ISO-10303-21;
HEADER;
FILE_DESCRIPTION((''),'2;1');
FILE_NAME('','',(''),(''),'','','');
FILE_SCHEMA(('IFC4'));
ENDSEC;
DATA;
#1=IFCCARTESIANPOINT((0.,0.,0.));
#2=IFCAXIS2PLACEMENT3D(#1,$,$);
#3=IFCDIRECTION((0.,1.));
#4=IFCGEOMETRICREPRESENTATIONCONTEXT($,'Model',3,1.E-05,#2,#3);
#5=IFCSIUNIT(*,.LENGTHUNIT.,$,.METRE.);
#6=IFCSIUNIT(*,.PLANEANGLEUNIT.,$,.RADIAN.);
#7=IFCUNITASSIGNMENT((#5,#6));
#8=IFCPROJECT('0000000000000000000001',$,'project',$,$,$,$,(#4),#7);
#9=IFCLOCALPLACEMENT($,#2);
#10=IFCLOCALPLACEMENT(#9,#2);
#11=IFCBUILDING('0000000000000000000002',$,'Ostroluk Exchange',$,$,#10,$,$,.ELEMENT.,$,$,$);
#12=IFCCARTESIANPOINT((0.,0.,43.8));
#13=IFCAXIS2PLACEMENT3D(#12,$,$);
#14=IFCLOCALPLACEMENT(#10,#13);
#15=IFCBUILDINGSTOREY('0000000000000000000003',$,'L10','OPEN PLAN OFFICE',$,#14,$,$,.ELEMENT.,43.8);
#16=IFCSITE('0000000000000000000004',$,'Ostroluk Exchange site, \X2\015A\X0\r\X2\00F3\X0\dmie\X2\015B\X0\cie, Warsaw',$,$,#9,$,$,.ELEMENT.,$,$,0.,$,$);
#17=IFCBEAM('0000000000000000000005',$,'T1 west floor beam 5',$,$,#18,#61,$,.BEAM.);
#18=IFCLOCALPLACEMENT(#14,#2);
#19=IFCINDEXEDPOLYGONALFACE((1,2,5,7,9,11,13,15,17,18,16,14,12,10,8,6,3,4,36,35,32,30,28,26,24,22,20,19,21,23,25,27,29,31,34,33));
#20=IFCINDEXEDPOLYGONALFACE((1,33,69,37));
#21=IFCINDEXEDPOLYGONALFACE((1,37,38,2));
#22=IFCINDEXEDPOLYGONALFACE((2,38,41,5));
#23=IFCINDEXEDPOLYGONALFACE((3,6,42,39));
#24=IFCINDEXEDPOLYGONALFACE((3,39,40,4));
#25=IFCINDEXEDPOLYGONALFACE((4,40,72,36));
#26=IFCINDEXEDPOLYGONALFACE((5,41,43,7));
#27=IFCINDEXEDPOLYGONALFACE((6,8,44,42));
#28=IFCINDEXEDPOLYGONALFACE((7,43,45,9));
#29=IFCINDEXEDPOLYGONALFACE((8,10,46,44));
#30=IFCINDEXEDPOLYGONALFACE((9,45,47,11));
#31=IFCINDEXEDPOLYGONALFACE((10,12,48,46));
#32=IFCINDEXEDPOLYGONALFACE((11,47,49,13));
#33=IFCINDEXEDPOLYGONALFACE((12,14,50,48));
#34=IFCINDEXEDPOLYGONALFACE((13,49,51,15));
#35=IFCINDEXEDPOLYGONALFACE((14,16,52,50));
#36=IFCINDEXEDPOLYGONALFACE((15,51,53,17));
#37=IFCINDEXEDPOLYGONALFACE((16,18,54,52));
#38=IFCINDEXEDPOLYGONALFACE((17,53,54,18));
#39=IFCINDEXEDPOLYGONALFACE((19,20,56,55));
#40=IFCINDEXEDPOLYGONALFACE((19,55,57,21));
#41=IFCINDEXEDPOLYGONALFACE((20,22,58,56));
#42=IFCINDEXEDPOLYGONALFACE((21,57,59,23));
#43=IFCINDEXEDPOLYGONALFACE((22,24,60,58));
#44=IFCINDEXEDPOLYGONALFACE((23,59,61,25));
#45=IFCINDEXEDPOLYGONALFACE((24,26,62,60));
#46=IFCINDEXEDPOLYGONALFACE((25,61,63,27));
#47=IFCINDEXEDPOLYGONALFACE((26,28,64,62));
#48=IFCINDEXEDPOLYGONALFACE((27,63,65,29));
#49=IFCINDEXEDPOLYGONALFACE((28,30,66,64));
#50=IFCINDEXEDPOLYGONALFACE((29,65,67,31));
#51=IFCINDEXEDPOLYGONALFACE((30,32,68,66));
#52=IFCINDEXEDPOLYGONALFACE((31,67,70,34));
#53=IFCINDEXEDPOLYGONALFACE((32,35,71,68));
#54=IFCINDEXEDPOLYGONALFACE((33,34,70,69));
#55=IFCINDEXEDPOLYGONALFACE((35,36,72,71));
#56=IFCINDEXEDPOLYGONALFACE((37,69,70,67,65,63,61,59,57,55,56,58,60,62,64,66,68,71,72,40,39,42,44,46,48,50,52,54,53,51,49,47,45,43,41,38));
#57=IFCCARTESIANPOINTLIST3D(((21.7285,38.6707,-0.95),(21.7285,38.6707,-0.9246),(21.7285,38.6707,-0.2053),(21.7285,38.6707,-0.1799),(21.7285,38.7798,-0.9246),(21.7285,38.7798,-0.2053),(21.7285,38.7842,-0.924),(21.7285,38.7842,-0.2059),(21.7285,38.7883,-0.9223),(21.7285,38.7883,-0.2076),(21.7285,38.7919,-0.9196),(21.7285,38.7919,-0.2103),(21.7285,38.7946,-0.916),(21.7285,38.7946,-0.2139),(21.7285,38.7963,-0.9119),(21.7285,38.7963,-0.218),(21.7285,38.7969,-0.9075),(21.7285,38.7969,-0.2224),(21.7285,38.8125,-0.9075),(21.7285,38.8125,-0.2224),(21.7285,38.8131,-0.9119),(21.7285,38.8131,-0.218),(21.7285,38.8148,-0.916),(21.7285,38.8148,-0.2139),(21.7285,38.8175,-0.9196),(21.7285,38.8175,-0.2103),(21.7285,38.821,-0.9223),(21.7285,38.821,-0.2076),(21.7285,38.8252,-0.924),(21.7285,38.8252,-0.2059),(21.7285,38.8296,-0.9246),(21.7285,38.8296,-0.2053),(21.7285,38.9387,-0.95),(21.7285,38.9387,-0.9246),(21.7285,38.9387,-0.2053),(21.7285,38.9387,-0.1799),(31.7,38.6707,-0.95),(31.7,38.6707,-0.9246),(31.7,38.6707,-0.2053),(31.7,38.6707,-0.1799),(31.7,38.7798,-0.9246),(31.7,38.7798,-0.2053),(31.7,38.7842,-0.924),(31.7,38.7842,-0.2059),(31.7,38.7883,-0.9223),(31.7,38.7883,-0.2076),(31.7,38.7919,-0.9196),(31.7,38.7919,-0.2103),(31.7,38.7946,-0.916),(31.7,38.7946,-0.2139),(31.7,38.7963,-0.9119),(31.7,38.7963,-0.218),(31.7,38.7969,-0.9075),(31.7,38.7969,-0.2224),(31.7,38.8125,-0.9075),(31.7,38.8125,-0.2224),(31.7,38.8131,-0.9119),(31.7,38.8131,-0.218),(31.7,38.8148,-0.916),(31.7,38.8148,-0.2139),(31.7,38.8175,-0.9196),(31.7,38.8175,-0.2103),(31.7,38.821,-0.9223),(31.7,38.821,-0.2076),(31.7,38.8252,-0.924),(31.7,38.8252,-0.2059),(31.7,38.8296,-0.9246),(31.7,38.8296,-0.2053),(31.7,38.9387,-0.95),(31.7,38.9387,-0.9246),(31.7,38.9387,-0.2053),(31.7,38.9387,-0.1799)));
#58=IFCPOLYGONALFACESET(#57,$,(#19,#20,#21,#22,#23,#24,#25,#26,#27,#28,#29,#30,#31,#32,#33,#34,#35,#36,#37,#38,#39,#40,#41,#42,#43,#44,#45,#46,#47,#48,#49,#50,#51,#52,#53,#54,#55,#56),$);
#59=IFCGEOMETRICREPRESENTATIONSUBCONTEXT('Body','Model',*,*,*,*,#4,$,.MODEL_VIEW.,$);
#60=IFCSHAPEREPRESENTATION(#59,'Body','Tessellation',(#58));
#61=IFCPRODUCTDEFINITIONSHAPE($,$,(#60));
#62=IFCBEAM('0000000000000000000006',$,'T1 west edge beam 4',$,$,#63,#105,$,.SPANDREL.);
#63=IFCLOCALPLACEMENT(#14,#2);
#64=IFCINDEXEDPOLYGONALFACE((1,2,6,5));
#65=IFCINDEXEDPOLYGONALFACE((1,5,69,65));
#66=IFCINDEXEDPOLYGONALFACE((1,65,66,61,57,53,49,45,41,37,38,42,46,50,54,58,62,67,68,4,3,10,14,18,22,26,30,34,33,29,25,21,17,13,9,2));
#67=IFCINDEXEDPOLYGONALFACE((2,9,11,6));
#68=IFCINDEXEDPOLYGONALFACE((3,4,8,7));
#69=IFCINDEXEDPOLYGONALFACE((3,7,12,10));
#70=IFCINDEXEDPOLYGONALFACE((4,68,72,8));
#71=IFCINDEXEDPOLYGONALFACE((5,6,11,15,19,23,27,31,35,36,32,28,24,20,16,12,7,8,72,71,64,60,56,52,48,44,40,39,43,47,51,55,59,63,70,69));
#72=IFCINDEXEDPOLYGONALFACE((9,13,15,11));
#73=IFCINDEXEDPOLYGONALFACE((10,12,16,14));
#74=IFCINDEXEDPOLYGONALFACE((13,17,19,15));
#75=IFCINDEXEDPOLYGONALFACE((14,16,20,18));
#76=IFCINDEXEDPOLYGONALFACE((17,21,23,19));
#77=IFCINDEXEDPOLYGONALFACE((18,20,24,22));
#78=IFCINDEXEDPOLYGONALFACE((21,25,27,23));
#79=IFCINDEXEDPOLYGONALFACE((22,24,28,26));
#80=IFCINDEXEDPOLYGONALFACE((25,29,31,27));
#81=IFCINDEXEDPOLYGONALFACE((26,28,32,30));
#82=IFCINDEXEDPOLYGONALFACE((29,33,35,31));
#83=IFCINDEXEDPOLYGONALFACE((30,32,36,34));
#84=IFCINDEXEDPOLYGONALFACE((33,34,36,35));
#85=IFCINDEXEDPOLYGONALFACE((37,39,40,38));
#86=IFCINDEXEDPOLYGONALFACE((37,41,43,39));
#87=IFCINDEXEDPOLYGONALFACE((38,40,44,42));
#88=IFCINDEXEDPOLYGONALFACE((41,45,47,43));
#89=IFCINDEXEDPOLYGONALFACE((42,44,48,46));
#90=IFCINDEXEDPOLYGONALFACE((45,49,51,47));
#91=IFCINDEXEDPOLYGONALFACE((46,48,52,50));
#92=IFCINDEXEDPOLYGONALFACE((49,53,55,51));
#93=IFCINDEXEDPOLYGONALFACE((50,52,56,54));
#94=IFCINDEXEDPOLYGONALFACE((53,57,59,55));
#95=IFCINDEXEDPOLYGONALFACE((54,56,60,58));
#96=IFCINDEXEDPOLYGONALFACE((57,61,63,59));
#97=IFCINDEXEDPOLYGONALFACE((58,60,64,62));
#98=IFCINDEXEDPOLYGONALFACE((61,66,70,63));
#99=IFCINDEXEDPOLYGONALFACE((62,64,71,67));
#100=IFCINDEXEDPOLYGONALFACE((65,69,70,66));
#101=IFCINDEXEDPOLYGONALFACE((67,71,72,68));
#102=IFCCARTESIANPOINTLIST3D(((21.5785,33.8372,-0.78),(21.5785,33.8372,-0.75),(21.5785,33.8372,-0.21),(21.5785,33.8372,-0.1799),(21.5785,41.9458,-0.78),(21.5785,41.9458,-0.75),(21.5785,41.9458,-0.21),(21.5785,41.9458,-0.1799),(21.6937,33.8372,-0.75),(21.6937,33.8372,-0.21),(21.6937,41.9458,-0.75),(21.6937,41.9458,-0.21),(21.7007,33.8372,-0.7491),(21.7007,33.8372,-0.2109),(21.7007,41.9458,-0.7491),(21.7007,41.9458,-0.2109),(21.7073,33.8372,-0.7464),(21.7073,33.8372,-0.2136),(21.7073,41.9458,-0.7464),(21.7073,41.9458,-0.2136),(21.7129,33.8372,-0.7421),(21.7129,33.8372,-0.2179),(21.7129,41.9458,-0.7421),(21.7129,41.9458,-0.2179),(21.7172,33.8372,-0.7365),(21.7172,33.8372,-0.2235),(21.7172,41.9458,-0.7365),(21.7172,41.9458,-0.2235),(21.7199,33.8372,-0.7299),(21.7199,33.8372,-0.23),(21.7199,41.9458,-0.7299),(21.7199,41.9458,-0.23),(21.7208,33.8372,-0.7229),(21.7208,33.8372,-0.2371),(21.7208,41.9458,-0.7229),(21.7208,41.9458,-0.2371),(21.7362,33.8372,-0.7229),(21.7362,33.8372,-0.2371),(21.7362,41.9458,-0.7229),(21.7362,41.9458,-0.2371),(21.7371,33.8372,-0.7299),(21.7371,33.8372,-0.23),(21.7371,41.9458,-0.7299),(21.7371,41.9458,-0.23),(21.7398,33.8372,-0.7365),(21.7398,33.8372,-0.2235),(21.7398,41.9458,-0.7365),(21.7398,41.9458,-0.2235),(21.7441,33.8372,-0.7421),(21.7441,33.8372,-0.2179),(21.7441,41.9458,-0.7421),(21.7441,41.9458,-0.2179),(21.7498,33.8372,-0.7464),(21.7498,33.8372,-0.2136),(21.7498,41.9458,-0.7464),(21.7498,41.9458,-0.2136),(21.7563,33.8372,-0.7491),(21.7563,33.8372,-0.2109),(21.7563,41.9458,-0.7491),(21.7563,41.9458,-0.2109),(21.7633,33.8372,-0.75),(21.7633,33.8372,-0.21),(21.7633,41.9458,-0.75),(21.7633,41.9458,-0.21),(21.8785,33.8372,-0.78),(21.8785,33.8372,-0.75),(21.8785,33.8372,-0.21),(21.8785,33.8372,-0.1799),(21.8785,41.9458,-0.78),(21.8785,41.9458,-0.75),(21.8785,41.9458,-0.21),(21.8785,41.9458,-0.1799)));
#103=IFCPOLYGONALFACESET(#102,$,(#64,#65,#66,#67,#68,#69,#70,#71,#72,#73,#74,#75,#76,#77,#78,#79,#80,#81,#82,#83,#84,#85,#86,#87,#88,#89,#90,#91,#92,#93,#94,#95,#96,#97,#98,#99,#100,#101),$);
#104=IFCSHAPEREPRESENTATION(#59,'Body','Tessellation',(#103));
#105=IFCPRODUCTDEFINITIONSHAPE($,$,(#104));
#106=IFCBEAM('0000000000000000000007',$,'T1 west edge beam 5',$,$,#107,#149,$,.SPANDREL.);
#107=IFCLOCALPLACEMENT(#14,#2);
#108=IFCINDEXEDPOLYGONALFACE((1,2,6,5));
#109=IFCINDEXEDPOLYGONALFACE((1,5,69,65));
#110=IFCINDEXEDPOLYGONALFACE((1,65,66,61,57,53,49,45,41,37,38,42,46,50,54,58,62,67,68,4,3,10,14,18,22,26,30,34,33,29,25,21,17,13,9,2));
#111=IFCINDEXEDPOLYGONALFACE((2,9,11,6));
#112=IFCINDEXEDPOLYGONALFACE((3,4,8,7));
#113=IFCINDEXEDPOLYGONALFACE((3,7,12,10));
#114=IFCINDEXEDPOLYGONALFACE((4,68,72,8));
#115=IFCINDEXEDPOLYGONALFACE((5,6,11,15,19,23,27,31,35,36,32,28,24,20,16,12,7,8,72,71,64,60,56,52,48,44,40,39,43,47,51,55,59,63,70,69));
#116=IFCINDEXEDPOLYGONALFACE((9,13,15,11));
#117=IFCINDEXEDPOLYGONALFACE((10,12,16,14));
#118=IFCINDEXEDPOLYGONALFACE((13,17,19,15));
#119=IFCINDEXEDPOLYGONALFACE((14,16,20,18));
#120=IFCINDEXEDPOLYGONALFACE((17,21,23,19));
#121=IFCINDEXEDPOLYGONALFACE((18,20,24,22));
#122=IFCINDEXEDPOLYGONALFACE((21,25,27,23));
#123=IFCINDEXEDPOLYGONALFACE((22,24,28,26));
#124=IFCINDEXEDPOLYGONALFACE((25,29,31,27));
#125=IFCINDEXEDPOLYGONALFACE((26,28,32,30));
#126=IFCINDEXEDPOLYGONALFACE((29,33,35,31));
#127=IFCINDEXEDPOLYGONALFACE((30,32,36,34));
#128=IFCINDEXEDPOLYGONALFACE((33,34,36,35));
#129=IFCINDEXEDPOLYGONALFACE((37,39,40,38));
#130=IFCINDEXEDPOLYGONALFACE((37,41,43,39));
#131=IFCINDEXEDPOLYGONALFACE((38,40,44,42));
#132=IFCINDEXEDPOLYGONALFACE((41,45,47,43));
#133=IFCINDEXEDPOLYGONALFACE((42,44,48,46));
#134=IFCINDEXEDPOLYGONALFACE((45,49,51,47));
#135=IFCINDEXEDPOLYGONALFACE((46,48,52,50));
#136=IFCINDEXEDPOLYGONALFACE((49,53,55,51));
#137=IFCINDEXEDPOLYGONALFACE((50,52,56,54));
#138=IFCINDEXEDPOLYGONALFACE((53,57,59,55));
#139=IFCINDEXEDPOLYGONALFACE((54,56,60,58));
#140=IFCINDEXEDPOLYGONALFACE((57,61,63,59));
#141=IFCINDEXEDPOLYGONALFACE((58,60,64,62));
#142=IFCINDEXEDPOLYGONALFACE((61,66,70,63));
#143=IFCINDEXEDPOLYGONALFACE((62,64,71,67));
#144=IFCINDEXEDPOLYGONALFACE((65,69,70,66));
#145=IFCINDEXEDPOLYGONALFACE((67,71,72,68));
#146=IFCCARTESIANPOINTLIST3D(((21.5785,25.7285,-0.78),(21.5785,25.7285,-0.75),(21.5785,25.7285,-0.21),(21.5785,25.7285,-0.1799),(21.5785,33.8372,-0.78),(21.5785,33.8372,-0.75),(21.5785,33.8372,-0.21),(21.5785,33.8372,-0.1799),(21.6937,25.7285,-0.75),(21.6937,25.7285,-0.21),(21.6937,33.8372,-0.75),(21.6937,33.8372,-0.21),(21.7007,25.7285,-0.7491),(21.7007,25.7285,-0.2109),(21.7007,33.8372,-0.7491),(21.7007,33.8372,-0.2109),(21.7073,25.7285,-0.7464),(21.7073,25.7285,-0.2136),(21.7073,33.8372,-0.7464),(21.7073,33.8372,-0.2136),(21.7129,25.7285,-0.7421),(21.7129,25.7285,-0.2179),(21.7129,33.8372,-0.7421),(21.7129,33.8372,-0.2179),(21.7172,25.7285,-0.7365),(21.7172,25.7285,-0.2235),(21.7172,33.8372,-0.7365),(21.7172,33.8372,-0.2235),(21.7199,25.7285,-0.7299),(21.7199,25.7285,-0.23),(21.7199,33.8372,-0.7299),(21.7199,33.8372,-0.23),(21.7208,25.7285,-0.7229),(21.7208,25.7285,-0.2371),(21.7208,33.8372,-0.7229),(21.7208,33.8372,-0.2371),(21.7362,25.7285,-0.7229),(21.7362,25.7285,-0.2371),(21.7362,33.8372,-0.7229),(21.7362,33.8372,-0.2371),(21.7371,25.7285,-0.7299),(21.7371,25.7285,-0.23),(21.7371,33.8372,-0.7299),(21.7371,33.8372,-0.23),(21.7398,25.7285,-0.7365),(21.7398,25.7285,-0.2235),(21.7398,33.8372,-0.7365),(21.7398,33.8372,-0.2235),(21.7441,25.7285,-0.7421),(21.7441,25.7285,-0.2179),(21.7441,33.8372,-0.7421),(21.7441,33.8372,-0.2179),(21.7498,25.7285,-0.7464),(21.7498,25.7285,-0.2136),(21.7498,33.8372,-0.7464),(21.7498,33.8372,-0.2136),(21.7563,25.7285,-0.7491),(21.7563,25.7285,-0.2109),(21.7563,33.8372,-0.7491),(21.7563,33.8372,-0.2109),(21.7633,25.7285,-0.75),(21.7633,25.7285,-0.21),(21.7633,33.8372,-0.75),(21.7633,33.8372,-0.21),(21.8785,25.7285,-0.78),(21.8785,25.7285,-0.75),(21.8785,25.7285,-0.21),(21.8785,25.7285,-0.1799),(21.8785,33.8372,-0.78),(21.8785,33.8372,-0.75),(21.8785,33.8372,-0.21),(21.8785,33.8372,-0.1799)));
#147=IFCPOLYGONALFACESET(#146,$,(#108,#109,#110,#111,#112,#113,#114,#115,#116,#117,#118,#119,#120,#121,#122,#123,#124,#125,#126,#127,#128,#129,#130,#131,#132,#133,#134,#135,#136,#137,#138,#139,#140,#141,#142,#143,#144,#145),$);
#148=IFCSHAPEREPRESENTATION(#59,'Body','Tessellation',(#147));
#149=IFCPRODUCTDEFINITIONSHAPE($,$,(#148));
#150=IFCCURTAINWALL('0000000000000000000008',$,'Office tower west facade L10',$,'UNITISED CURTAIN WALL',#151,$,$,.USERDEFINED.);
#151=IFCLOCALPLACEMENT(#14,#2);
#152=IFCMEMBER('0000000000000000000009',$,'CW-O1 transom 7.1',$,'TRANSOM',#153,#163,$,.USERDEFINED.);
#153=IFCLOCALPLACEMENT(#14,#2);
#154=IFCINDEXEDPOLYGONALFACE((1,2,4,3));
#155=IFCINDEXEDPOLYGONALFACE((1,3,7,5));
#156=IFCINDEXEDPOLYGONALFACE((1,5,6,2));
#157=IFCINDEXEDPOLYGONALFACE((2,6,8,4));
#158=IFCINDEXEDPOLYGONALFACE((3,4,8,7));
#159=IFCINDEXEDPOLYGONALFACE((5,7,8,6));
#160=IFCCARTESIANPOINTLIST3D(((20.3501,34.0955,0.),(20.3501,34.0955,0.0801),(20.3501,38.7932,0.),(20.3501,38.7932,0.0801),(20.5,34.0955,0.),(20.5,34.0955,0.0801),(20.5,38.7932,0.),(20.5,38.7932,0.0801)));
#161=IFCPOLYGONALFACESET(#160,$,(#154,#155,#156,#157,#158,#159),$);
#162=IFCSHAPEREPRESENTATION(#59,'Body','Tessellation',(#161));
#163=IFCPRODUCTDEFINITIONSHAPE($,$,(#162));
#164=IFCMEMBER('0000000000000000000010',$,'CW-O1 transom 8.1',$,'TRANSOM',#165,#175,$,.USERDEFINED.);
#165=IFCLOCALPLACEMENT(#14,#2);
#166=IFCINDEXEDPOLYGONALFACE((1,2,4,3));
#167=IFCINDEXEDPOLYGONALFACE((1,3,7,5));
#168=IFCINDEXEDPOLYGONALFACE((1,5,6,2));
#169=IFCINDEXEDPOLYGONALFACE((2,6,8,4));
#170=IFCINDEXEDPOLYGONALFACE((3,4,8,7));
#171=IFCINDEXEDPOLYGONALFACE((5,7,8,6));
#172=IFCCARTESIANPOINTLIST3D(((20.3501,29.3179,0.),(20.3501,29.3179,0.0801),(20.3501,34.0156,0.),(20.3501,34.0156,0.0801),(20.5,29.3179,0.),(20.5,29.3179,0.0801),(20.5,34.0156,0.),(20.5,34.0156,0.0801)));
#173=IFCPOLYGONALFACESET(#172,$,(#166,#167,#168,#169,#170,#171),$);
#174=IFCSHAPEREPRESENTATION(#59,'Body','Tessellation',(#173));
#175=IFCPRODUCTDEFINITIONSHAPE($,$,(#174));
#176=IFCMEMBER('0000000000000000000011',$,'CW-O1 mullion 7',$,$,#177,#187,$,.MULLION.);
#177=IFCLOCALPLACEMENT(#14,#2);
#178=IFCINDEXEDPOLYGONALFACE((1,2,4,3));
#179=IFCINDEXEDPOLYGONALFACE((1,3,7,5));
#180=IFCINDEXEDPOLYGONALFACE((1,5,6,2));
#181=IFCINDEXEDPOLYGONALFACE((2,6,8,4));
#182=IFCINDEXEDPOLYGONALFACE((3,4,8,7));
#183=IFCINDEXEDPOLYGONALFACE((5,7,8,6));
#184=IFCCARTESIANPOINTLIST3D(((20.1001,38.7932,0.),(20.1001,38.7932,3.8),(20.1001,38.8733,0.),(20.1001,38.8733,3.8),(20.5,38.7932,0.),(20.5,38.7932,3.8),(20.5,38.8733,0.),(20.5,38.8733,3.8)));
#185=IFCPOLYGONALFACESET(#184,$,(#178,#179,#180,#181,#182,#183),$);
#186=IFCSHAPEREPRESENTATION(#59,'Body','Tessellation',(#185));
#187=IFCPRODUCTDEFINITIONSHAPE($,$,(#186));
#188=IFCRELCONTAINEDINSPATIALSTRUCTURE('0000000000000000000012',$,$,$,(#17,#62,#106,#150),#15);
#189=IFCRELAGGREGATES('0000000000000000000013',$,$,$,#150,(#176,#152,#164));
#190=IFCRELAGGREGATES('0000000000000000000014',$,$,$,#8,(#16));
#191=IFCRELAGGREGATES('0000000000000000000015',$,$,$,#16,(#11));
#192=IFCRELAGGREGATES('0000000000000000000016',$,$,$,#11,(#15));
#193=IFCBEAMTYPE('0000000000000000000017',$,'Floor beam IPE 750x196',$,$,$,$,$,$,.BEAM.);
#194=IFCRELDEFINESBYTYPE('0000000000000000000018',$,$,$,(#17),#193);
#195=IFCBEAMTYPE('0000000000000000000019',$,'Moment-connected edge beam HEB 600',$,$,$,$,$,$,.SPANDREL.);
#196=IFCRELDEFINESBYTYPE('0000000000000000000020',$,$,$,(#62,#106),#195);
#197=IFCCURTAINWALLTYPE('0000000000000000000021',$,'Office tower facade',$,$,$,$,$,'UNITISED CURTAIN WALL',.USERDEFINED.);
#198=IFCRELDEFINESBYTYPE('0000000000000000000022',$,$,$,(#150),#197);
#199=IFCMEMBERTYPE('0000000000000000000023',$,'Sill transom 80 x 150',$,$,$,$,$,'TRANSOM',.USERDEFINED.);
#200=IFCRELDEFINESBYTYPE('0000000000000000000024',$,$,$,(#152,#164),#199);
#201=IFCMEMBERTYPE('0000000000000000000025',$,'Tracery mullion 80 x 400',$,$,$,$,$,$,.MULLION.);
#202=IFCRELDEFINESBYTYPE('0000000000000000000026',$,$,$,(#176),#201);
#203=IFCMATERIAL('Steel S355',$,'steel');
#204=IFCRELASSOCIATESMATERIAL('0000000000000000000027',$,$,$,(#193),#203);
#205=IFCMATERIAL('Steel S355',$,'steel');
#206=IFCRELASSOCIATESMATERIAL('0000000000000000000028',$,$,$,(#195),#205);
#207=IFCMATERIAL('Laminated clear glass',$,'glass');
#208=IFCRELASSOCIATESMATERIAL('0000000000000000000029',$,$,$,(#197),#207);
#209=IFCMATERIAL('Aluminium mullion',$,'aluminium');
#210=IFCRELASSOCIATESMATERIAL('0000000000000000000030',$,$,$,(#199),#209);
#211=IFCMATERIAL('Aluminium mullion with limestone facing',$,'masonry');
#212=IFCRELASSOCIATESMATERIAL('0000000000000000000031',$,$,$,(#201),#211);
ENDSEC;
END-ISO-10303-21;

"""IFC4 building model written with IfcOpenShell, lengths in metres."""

from ifc_helpers import new_model, si_unit, direction, frame, origin, origin_2d, place, context, subcontext, project, spatial, rectangle, i_section, extrude, material, material_profile, profile_set, type_object, element, aggregate, save


model = new_model("IFC4")

# Units and contexts
model_context = context("Model", 3, precision=1e-05, world=origin(), true_north=direction((0.0, 1.0)))
body_context = subcontext(model_context, "Body", "Model", "MODEL_VIEW")
ifc_project = project(units=[si_unit("LENGTHUNIT", "METRE"), si_unit("PLANEANGLEUNIT", "RADIAN")], contexts=[model_context])

# Site, building, storey
site_placement = place(None, origin())
site = spatial("IfcSite", under=ifc_project, at=site_placement, Name="Ostroluk Exchange site, Śródmieście, Warsaw", CompositionType="ELEMENT", RefElevation=0.0)
building_placement = place(site_placement, origin())
building = spatial("IfcBuilding", under=site, at=building_placement, Name="Ostroluk Exchange", CompositionType="ELEMENT")
storey_placement = place(building_placement, frame((0.0, 0.0, 43.8)))
storey = spatial("IfcBuildingStorey", under=building, at=storey_placement, Name="L10", Description="OPEN PLAN OFFICE", CompositionType="ELEMENT", Elevation=43.8)

# Beams
ifc_material_1 = material(Name="Steel S355", Category="steel")
ifc_material_profile_1 = material_profile(ifc_material_1, i_section(OverallWidth=0.2681, OverallDepth=0.77, WebThickness=0.0156, FlangeThickness=0.0254, FilletRadius=0.0171, at=origin_2d()), Name="IPE 750x196")
ifc_profile_set_1 = profile_set([ifc_material_profile_1], Name="Steel S355")
beam_type_1 = type_object("IfcBeamType", Name="Floor beam IPE 750x196", PredefinedType="BEAM", material=ifc_profile_set_1)
for number, where, z_axis, x_axis, name in (
    (1, (31.7, 38.8047, -0.5649), (-1.0, 0.0, 0.0), (0.0, -1.0, 0.0), "T1 west floor beam 5"),
):
    element("IfcBeam", number, at=place(storey_placement, frame(where, z_axis=z_axis, x_axis=x_axis)), inside=storey, type_object=beam_type_1, Name=name, PredefinedType="BEAM", context=body_context, shape_type="SweptSolid", body=[
        extrude(i_section(OverallWidth=0.2681, OverallDepth=0.77, WebThickness=0.0156, FlangeThickness=0.0254, FilletRadius=0.0171, at=origin_2d()), origin(), (0.0, 0.0, 1.0), 9.9714),
    ])
ifc_material_2 = material(Name="Steel S355", Category="steel")
ifc_material_profile_2 = material_profile(ifc_material_2, i_section(OverallWidth=0.3, OverallDepth=0.6001, WebThickness=0.0154, FlangeThickness=0.03, FilletRadius=0.0271, at=origin_2d()), Name="HEB 600")
ifc_profile_set_2 = profile_set([ifc_material_profile_2], Name="Steel S355")
beam_type_2 = type_object("IfcBeamType", Name="Moment-connected edge beam HEB 600", PredefinedType="SPANDREL", material=ifc_profile_set_2)
for number, where, z_axis, x_axis, name in (
    (2, (21.7285, 41.9458, -0.48), (0.0, -1.0, 0.0), (1.0, 0.0, 0.0), "T1 west edge beam 4"),
    (3, (21.7285, 33.8372, -0.48), (0.0, -1.0, 0.0), (1.0, 0.0, 0.0), "T1 west edge beam 5"),
):
    element("IfcBeam", number, at=place(storey_placement, frame(where, z_axis=z_axis, x_axis=x_axis)), inside=storey, type_object=beam_type_2, Name=name, PredefinedType="SPANDREL", context=body_context, shape_type="SweptSolid", body=[
        extrude(i_section(OverallWidth=0.3, OverallDepth=0.6001, WebThickness=0.0154, FlangeThickness=0.03, FilletRadius=0.0271, at=origin_2d()), origin(), (0.0, 0.0, 1.0), 8.1086),
    ])

# Curtain wall, members
ifc_material_3 = material(Name="Laminated clear glass", Category="glass")
curtain_wall_type = type_object("IfcCurtainWallType", Name="Office tower facade", ElementType="UNITISED CURTAIN WALL", PredefinedType="USERDEFINED", material=ifc_material_3)
curtain_wall_placement = place(storey_placement, origin())
curtain_wall = element("IfcCurtainWall", 4, at=curtain_wall_placement, inside=storey, type_object=curtain_wall_type, Name="Office tower west facade L10", ObjectType="UNITISED CURTAIN WALL", PredefinedType="USERDEFINED")
ifc_material_4 = material(Name="Aluminium mullion", Category="aluminium")
ifc_material_profile_3 = material_profile(ifc_material_4, rectangle(XDim=0.1499, YDim=0.0801, at=origin_2d()), Name="Sill transom 80 x 150")
ifc_profile_set_3 = profile_set([ifc_material_profile_3], Name="Aluminium mullion")
member_type_1 = type_object("IfcMemberType", Name="Sill transom 80 x 150", ElementType="TRANSOM", PredefinedType="USERDEFINED", material=ifc_profile_set_3)
member_1_placement = place(storey_placement, frame((20.425, 38.7932, 0.04), z_axis=(0.0, -1.0, 0.0), x_axis=(1.0, 0.0, 0.0)))
member_1 = element("IfcMember", 5, at=member_1_placement, type_object=member_type_1, Name="CW-O1 transom 7.1", ObjectType="TRANSOM", PredefinedType="USERDEFINED", context=body_context, shape_type="SweptSolid", body=[
    extrude(rectangle(XDim=0.1499, YDim=0.0801, at=origin_2d()), origin(), (0.0, 0.0, 1.0), 4.6978),
])
member_2_placement = place(storey_placement, frame((20.425, 34.0156, 0.04), z_axis=(0.0, -1.0, 0.0), x_axis=(1.0, 0.0, 0.0)))
member_2 = element("IfcMember", 6, at=member_2_placement, type_object=member_type_1, Name="CW-O1 transom 8.1", ObjectType="TRANSOM", PredefinedType="USERDEFINED", context=body_context, shape_type="SweptSolid", body=[
    extrude(rectangle(XDim=0.1499, YDim=0.0801, at=origin_2d()), origin(), (0.0, 0.0, 1.0), 4.6978),
])
ifc_material_5 = material(Name="Aluminium mullion with limestone facing", Category="masonry")
ifc_material_profile_4 = material_profile(ifc_material_5, rectangle(XDim=0.3999, YDim=0.0801, at=origin_2d()), Name="Tracery mullion 80 x 400")
ifc_profile_set_4 = profile_set([ifc_material_profile_4], Name="Aluminium mullion with limestone facing")
member_type_2 = type_object("IfcMemberType", Name="Tracery mullion 80 x 400", PredefinedType="MULLION", material=ifc_profile_set_4)
member_3_placement = place(storey_placement, frame((20.3, 38.8333, 0.0), z_axis=(0.0, 0.0, 1.0), x_axis=(1.0, 0.0, 0.0)))
member_3 = element("IfcMember", 7, at=member_3_placement, type_object=member_type_2, Name="CW-O1 mullion 7", PredefinedType="MULLION", context=body_context, shape_type="SweptSolid", body=[
    extrude(rectangle(XDim=0.3999, YDim=0.0801, at=origin_2d()), origin(), (0.0, 0.0, 1.0), 3.8),
])
aggregate(curtain_wall, [member_3, member_1, member_2])

save(model, "model.ifc")
